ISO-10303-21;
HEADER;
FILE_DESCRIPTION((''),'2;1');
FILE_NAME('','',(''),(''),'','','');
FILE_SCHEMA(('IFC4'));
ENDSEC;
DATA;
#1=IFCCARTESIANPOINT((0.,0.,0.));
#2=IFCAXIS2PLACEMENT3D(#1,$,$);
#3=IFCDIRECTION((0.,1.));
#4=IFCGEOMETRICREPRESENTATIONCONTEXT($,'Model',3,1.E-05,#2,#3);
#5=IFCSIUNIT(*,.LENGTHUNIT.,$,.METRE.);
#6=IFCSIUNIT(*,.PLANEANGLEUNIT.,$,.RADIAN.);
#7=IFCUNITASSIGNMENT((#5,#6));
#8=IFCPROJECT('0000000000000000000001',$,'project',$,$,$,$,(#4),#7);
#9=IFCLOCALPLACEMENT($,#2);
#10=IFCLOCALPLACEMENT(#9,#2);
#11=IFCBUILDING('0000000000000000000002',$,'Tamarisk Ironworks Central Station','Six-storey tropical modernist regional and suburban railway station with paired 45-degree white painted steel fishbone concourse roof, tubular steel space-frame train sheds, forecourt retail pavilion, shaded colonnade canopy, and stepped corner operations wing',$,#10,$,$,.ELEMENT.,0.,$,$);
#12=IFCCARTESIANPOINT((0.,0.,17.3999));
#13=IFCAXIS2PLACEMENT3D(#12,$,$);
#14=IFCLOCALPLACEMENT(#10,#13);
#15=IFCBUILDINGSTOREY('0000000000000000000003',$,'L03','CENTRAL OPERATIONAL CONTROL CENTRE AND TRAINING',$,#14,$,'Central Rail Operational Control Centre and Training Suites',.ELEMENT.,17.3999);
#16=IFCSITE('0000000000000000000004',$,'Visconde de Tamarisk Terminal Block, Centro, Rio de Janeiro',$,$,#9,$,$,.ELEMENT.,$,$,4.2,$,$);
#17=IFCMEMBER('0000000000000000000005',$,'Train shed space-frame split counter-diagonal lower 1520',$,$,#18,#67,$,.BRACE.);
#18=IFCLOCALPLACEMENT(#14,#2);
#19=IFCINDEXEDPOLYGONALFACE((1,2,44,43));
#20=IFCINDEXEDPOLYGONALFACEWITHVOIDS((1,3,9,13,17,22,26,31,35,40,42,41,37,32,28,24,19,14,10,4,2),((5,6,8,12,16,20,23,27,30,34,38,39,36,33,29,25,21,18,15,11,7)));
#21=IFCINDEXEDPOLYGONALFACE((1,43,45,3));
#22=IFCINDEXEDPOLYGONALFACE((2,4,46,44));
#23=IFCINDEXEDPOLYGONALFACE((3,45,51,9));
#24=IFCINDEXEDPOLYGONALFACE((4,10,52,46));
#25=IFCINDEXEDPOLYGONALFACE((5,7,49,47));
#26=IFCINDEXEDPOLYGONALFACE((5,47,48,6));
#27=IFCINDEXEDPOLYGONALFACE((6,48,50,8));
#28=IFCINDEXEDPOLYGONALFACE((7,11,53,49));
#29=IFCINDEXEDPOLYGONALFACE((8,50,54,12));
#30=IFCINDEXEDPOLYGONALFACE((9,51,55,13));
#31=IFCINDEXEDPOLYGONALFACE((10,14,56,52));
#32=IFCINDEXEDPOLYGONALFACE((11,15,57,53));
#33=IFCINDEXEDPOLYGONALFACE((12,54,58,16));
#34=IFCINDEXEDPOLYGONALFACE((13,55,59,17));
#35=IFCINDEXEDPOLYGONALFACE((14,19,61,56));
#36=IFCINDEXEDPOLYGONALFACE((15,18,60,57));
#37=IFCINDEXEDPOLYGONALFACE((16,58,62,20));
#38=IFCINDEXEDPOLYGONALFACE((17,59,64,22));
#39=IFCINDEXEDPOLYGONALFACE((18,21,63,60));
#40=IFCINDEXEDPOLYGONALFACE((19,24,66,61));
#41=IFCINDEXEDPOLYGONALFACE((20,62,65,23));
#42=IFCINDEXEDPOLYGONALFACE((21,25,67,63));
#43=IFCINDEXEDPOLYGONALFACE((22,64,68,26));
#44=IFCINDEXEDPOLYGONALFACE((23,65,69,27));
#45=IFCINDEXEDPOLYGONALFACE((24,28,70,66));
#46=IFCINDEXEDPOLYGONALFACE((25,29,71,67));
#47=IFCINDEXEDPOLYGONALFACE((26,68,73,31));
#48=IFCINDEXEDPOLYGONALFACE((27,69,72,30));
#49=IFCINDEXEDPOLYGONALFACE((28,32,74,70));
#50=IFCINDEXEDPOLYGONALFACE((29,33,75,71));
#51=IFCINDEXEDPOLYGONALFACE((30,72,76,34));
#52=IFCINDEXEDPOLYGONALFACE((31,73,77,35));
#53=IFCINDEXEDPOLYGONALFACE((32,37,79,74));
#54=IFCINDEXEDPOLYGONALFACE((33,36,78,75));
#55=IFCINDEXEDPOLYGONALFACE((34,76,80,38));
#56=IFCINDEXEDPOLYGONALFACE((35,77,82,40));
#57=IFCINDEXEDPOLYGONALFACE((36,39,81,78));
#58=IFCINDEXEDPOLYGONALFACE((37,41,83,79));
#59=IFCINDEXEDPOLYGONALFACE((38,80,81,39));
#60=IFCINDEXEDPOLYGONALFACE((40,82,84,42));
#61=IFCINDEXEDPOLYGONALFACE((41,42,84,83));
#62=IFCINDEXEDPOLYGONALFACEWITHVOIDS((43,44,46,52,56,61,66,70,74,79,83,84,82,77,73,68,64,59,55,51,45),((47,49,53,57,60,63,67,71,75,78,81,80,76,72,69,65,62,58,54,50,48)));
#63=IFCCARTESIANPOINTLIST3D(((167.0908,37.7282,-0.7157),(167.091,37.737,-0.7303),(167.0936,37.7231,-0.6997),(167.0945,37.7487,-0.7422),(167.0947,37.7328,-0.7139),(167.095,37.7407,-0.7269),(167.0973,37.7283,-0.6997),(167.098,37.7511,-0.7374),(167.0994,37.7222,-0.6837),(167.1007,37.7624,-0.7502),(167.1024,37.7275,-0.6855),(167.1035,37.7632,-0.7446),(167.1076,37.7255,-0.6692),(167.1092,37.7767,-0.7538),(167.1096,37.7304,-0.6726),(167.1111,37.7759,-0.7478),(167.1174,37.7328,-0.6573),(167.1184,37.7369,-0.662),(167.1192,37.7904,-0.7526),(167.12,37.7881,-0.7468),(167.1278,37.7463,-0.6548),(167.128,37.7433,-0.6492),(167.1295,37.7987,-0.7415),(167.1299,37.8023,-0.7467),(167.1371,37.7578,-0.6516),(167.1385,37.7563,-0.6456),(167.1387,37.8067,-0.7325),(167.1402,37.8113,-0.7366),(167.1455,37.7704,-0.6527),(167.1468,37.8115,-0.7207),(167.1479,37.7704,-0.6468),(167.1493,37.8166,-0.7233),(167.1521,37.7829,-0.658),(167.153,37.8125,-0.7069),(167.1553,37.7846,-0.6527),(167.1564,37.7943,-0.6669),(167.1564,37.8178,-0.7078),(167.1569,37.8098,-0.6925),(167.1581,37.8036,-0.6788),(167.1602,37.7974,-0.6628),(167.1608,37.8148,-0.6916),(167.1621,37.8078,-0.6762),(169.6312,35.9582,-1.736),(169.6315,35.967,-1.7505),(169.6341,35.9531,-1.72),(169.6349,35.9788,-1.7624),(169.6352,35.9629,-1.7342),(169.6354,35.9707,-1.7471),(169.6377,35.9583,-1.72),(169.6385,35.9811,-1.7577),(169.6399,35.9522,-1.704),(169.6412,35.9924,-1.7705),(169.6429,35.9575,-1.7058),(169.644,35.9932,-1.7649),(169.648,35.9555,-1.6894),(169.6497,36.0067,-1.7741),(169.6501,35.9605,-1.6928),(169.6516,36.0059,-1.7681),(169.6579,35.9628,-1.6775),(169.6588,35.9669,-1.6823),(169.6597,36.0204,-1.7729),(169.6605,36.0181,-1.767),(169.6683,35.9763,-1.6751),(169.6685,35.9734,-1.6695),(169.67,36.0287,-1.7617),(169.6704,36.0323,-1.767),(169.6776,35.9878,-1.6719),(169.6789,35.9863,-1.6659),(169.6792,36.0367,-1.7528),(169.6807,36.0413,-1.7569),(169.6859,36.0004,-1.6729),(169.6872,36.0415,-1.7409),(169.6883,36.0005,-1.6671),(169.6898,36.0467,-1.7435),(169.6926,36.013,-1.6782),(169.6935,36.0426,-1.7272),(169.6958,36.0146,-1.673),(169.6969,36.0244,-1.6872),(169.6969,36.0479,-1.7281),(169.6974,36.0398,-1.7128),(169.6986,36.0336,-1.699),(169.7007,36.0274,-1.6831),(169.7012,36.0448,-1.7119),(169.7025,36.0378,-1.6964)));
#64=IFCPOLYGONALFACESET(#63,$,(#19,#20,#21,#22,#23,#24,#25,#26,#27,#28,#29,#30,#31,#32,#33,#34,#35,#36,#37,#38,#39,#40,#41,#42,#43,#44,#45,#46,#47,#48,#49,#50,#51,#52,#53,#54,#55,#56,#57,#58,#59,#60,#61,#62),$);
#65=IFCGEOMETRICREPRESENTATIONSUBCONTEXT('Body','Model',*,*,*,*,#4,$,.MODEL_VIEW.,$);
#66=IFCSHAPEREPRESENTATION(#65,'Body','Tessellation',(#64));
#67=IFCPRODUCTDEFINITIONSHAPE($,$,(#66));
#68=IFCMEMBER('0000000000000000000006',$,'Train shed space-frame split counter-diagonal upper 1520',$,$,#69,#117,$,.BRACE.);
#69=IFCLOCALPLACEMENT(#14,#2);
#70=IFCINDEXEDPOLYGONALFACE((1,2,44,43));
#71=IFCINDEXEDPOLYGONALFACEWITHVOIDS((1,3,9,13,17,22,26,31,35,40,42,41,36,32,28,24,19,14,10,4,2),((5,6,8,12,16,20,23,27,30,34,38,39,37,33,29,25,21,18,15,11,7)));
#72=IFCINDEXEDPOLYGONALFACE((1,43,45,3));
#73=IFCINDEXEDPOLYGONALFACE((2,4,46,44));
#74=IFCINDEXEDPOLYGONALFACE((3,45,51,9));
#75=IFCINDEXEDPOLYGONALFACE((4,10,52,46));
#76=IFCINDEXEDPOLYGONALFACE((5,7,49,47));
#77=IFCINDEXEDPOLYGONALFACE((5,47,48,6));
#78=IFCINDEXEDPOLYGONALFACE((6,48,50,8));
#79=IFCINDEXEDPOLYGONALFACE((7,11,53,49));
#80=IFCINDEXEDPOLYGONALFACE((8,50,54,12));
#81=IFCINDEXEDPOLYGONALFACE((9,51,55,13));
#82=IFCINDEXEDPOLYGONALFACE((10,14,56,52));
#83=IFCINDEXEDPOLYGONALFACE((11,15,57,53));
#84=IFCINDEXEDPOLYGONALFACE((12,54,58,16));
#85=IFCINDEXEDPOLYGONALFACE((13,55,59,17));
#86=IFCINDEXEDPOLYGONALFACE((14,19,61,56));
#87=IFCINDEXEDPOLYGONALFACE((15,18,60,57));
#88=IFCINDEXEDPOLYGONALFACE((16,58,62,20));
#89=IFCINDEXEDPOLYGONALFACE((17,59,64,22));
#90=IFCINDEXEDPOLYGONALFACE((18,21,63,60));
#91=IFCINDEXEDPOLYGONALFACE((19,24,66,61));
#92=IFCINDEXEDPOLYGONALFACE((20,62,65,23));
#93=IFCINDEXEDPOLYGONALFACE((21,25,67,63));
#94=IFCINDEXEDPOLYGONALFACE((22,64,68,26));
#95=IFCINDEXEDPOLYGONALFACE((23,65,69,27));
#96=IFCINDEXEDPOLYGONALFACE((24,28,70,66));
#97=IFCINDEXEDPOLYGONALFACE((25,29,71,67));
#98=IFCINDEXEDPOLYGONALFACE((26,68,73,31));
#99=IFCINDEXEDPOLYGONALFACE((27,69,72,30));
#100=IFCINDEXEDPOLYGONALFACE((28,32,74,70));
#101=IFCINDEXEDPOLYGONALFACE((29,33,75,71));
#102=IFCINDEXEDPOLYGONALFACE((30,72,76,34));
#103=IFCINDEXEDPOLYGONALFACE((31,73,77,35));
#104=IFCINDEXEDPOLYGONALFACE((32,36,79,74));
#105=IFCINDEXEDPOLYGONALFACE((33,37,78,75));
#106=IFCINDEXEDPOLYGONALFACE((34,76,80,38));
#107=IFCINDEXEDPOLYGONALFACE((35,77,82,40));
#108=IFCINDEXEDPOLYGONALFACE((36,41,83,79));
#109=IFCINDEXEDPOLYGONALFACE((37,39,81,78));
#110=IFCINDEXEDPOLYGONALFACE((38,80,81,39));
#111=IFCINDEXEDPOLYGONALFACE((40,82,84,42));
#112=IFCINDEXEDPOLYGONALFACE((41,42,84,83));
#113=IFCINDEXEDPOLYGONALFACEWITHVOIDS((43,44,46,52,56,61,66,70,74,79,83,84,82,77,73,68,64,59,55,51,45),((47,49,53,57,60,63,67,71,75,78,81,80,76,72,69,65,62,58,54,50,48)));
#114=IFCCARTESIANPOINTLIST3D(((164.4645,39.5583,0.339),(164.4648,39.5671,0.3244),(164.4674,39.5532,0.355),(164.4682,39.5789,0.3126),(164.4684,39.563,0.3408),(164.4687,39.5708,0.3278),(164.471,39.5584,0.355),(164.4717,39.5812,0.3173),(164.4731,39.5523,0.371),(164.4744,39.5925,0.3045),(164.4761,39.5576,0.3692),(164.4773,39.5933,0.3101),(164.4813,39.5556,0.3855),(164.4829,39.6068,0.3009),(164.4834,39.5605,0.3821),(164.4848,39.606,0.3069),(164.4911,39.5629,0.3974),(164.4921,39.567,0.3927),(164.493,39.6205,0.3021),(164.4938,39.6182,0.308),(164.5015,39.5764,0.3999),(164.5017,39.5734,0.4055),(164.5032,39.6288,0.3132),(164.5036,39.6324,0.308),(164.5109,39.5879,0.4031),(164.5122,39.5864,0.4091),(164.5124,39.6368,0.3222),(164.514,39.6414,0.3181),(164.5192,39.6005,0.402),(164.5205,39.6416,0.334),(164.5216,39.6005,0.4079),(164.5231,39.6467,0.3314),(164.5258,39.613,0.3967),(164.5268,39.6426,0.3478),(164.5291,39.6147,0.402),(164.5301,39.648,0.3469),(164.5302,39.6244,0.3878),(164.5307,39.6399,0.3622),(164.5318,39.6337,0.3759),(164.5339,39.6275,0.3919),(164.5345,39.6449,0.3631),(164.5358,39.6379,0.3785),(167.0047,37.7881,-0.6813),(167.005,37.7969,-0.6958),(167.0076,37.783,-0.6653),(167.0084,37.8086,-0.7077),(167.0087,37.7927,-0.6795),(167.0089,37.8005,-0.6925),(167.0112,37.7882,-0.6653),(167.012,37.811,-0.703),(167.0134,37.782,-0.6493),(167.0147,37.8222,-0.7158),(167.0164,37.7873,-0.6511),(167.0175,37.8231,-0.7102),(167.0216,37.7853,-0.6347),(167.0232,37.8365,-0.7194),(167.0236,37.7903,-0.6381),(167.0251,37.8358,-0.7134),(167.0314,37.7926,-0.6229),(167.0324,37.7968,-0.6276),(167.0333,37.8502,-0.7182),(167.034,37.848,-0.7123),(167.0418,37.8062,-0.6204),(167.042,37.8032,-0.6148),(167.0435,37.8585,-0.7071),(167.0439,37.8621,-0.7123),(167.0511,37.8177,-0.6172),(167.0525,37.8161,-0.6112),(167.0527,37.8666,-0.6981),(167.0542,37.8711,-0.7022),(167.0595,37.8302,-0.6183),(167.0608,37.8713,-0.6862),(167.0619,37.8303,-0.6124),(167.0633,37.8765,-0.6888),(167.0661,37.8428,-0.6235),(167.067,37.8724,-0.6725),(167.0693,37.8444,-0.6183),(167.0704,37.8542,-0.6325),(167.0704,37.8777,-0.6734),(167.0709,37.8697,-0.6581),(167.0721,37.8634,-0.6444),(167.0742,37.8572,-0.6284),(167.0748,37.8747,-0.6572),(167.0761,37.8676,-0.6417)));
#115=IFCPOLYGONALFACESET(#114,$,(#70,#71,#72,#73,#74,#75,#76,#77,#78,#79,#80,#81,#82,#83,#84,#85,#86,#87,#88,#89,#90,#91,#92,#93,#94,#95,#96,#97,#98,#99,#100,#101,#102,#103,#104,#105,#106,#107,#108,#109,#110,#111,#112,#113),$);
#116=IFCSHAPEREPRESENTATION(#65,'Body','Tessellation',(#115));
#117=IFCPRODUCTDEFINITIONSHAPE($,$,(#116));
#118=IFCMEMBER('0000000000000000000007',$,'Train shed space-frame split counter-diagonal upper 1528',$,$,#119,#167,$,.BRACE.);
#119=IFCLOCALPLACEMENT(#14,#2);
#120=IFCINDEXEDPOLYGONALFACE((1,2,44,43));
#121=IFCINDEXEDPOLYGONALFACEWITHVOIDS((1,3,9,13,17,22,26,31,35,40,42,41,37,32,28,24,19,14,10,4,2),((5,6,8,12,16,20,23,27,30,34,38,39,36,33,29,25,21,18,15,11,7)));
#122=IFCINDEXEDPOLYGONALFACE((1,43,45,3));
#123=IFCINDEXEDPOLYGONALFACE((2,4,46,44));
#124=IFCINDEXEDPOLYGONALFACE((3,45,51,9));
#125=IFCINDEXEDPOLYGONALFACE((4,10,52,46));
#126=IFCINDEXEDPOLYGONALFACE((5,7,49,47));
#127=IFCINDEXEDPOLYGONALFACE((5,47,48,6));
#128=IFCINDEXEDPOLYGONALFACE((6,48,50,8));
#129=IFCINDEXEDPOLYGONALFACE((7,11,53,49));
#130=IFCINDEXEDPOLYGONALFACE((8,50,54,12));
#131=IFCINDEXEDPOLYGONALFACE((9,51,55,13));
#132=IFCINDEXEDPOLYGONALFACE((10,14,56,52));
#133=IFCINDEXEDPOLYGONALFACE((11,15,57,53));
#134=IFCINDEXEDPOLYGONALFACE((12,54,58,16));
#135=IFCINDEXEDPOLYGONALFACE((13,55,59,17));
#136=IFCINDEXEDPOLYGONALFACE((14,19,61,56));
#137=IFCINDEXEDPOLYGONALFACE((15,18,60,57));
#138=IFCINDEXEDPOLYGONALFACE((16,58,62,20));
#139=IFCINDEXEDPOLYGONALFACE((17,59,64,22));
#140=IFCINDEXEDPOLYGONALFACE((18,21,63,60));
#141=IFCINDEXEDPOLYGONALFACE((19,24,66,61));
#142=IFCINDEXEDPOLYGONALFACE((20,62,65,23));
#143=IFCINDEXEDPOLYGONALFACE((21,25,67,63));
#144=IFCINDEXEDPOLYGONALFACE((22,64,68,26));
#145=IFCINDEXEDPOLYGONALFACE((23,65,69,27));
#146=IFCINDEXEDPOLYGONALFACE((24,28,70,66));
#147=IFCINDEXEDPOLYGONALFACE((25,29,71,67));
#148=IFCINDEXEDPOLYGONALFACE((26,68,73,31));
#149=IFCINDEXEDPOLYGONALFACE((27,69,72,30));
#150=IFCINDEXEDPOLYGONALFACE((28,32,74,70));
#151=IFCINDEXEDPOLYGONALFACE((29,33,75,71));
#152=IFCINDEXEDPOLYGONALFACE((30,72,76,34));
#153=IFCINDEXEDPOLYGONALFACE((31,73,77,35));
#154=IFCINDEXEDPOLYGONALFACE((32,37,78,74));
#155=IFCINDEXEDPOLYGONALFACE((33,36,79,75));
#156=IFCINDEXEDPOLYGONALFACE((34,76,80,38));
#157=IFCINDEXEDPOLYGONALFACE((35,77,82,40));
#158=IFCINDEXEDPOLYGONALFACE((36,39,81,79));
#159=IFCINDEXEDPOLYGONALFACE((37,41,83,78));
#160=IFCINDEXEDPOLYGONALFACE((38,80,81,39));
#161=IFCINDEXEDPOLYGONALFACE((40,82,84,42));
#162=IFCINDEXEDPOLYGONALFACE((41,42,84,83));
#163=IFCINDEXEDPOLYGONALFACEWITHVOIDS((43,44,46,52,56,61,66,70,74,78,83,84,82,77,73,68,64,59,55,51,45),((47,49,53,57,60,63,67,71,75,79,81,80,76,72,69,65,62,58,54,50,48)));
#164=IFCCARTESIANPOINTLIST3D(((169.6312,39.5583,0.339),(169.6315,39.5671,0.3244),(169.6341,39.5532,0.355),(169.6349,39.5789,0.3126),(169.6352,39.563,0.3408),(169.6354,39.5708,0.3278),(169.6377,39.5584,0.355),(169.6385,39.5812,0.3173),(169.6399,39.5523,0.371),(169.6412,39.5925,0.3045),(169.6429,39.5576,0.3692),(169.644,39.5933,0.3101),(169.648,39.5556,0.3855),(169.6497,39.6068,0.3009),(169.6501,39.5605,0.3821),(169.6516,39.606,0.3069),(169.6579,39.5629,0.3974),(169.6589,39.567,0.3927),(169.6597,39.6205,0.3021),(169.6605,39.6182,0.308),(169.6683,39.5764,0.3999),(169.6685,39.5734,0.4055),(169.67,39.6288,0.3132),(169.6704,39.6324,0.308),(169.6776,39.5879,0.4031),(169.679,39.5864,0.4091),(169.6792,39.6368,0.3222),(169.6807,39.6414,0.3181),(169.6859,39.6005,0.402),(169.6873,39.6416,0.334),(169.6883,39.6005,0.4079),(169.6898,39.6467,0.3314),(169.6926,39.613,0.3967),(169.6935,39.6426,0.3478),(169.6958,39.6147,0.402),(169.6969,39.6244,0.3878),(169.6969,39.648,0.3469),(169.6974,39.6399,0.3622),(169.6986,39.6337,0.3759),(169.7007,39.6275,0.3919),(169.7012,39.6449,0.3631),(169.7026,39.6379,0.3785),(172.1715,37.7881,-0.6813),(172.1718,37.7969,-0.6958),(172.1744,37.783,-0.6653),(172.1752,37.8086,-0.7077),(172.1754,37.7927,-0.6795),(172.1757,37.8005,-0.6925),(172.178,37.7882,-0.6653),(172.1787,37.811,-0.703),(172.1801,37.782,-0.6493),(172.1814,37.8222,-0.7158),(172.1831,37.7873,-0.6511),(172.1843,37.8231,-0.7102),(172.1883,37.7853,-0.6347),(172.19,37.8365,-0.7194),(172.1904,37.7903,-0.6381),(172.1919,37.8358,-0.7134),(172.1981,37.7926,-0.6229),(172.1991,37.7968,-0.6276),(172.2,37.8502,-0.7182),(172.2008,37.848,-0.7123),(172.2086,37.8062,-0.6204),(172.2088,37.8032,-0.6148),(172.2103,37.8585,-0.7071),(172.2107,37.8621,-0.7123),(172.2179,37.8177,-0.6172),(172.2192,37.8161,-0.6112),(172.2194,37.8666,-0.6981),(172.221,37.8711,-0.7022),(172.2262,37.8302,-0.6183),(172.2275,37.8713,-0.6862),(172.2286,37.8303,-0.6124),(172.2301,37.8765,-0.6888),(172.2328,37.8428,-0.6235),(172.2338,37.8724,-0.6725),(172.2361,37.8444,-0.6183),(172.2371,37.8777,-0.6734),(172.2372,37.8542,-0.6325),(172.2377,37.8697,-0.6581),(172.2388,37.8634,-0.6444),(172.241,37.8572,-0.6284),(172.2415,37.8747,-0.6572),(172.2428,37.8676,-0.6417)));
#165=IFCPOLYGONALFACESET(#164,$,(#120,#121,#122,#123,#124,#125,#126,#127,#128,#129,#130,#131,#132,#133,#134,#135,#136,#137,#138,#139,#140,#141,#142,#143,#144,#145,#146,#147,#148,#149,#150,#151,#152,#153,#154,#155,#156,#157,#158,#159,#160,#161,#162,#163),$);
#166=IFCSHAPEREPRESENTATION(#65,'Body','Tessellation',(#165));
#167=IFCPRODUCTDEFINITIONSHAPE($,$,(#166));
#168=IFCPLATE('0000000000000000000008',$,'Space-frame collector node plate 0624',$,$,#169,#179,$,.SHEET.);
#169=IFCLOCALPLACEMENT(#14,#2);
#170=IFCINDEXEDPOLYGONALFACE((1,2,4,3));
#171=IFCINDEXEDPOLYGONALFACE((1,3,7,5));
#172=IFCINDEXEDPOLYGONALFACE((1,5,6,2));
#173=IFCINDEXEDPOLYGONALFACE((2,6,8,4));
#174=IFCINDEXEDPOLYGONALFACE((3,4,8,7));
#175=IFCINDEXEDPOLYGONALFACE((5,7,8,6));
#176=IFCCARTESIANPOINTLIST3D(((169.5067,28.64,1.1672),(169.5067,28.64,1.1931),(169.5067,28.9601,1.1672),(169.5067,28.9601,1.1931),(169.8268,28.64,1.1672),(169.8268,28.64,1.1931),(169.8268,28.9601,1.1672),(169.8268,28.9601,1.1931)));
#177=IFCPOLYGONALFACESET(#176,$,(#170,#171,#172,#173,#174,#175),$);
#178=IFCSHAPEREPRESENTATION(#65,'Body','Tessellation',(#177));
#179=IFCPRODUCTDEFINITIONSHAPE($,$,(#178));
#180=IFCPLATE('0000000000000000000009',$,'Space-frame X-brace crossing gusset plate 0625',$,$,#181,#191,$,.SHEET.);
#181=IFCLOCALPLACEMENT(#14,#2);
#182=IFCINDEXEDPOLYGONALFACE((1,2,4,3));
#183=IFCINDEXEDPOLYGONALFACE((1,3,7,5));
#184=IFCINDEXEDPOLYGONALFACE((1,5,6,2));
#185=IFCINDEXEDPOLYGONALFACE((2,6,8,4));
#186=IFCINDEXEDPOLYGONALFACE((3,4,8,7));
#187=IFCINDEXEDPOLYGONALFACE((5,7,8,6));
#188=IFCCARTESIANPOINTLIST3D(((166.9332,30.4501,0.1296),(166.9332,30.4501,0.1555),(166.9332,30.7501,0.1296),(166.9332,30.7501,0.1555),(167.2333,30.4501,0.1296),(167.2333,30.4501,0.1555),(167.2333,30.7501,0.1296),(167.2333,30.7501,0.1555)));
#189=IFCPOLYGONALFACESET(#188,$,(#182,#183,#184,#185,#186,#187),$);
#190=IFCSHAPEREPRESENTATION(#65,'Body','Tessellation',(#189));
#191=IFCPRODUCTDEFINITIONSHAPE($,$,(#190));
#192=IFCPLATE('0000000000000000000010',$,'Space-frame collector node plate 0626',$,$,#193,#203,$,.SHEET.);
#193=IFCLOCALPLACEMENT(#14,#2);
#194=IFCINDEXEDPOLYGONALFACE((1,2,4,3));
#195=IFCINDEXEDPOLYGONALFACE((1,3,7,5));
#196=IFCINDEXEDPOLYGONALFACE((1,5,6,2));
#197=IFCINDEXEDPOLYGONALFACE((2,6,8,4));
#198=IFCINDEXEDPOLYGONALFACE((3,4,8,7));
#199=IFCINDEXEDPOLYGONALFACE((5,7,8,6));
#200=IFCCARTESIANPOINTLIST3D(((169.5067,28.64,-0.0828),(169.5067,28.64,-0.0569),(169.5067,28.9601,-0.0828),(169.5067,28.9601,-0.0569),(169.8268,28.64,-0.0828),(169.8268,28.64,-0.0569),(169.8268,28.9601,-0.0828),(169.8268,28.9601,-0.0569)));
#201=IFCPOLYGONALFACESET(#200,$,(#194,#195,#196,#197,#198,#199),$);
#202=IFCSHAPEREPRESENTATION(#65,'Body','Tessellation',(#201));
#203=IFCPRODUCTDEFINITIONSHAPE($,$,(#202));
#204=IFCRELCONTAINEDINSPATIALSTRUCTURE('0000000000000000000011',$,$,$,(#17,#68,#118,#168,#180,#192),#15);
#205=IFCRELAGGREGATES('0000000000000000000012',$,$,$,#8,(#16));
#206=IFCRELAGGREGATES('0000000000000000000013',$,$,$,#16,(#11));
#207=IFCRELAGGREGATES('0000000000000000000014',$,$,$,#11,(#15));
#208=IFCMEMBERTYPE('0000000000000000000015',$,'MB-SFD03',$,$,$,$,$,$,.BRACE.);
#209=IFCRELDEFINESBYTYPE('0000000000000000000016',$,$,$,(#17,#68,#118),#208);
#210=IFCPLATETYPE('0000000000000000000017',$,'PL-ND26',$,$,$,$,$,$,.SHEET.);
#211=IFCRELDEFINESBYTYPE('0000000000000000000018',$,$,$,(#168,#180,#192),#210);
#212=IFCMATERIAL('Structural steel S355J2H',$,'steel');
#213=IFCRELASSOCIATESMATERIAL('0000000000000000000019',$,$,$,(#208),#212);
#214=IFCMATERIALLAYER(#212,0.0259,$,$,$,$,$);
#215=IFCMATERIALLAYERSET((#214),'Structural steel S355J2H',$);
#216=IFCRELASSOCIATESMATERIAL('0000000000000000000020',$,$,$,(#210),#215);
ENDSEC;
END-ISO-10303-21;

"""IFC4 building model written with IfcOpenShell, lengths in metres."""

from ifc_helpers import new_model, si_unit, direction, frame, origin, origin_2d, place, context, subcontext, project, spatial, rectangle, hollow_circle, extrude, material, layer, layer_set, material_profile, profile_set, type_object, element, save


model = new_model("IFC4")

# Units and contexts
model_context = context("Model", 3, precision=1e-05, world=origin(), true_north=direction((0.0, 1.0)))
body_context = subcontext(model_context, "Body", "Model", "MODEL_VIEW")
ifc_project = project(units=[si_unit("LENGTHUNIT", "METRE"), si_unit("PLANEANGLEUNIT", "RADIAN")], contexts=[model_context])

# Site, building, storey
site_placement = place(None, origin())
site = spatial("IfcSite", under=ifc_project, at=site_placement, Name="Visconde de Tamarisk Terminal Block, Centro, Rio de Janeiro", CompositionType="ELEMENT", RefElevation=4.2)
building_placement = place(site_placement, origin())
building = spatial("IfcBuilding", under=site, at=building_placement, Name="Tamarisk Ironworks Central Station", Description="Six-storey tropical modernist regional and suburban railway station with paired 45-degree white painted steel fishbone concourse roof, tubular steel space-frame train sheds, forecourt retail pavilion, shaded colonnade canopy, and stepped corner operations wing", CompositionType="ELEMENT", ElevationOfRefHeight=0.0)
storey_placement = place(building_placement, frame((0.0, 0.0, 17.3999)))
storey = spatial("IfcBuildingStorey", under=building, at=storey_placement, Name="L03", Description="CENTRAL OPERATIONAL CONTROL CENTRE AND TRAINING", LongName="Central Rail Operational Control Centre and Training Suites", CompositionType="ELEMENT", Elevation=17.3999)

# Members
ifc_material = material(Name="Structural steel S355J2H", Category="steel")
ifc_material_profile_1 = material_profile(ifc_material, hollow_circle(Radius=0.0571, WallThickness=0.0063, at=origin_2d()), Name="CHS 114.3x6.3")
ifc_profile_set_1 = profile_set([ifc_material_profile_1], Name="Structural steel S355J2H")
member_type_1 = type_object("IfcMemberType", Name="MB-SFD03", PredefinedType="BRACE", material=ifc_profile_set_1)
for number, where, z_axis, x_axis, name in (
    (1, (169.6667, 36.0, -1.72), (-0.779281, 0.542936, 0.312956), (-0.571651, -0.820497, 0.0), "Train shed space-frame split counter-diagonal lower 1520"),
    (2, (167.0403, 37.8298, -0.6653), (-0.77922, 0.54302, 0.312961), (-0.571741, -0.820434, 0.0), "Train shed space-frame split counter-diagonal upper 1520"),
    (3, (172.207, 37.8298, -0.6653), (-0.77922, 0.54302, 0.312961), (-0.571741, -0.820434, 0.0), "Train shed space-frame split counter-diagonal upper 1528"),
):
    element("IfcMember", number, at=place(storey_placement, frame(where, z_axis=z_axis, x_axis=x_axis)), inside=storey, type_object=member_type_1, Name=name, PredefinedType="BRACE", context=body_context, shape_type="SweptSolid", body=[
        extrude(hollow_circle(Radius=0.0571, WallThickness=0.0063, at=origin_2d()), origin(), (0.0, 0.0, 1.0), 3.26),
    ])

# Plates
ifc_layer = layer(ifc_material, 0.0259)
ifc_layer_set = layer_set([ifc_layer], Name="Structural steel S355J2H")
plate_type = type_object("IfcPlateType", Name="PL-ND26", PredefinedType="SHEET", material=ifc_layer_set)
plate_1_placement = place(storey_placement, frame((169.6667, 28.8, 1.1672), z_axis=(0.0, 0.0, 1.0), x_axis=(1.0, 0.0, 0.0)))
element("IfcPlate", 4, at=plate_1_placement, inside=storey, type_object=plate_type, Name="Space-frame collector node plate 0624", PredefinedType="SHEET", context=body_context, shape_type="SweptSolid", body=[
    extrude(rectangle(XDim=0.3201, YDim=0.3201, at=origin_2d()), origin(), (0.0, 0.0, 1.0), 0.0259),
])
plate_2_placement = place(storey_placement, frame((167.0833, 30.6001, 0.1296), z_axis=(0.0, 0.0, 1.0), x_axis=(1.0, 0.0, 0.0)))
element("IfcPlate", 5, at=plate_2_placement, inside=storey, type_object=plate_type, Name="Space-frame X-brace crossing gusset plate 0625", PredefinedType="SHEET", context=body_context, shape_type="SweptSolid", body=[
    extrude(rectangle(XDim=0.3, YDim=0.3, at=origin_2d()), origin(), (0.0, 0.0, 1.0), 0.0259),
])
for number, where, z_axis, x_axis, name in (
    (6, (169.6667, 28.8, -0.0828), (0.0, 0.0, 1.0), (1.0, 0.0, 0.0), "Space-frame collector node plate 0626"),
):
    element("IfcPlate", number, at=place(storey_placement, frame(where, z_axis=z_axis, x_axis=x_axis)), inside=storey, type_object=plate_type, Name=name, PredefinedType="SHEET", context=body_context, shape_type="SweptSolid", body=[
        extrude(rectangle(XDim=0.3201, YDim=0.3201, at=origin_2d()), origin(), (0.0, 0.0, 1.0), 0.0259),
    ])

save(model, "model.ifc")
